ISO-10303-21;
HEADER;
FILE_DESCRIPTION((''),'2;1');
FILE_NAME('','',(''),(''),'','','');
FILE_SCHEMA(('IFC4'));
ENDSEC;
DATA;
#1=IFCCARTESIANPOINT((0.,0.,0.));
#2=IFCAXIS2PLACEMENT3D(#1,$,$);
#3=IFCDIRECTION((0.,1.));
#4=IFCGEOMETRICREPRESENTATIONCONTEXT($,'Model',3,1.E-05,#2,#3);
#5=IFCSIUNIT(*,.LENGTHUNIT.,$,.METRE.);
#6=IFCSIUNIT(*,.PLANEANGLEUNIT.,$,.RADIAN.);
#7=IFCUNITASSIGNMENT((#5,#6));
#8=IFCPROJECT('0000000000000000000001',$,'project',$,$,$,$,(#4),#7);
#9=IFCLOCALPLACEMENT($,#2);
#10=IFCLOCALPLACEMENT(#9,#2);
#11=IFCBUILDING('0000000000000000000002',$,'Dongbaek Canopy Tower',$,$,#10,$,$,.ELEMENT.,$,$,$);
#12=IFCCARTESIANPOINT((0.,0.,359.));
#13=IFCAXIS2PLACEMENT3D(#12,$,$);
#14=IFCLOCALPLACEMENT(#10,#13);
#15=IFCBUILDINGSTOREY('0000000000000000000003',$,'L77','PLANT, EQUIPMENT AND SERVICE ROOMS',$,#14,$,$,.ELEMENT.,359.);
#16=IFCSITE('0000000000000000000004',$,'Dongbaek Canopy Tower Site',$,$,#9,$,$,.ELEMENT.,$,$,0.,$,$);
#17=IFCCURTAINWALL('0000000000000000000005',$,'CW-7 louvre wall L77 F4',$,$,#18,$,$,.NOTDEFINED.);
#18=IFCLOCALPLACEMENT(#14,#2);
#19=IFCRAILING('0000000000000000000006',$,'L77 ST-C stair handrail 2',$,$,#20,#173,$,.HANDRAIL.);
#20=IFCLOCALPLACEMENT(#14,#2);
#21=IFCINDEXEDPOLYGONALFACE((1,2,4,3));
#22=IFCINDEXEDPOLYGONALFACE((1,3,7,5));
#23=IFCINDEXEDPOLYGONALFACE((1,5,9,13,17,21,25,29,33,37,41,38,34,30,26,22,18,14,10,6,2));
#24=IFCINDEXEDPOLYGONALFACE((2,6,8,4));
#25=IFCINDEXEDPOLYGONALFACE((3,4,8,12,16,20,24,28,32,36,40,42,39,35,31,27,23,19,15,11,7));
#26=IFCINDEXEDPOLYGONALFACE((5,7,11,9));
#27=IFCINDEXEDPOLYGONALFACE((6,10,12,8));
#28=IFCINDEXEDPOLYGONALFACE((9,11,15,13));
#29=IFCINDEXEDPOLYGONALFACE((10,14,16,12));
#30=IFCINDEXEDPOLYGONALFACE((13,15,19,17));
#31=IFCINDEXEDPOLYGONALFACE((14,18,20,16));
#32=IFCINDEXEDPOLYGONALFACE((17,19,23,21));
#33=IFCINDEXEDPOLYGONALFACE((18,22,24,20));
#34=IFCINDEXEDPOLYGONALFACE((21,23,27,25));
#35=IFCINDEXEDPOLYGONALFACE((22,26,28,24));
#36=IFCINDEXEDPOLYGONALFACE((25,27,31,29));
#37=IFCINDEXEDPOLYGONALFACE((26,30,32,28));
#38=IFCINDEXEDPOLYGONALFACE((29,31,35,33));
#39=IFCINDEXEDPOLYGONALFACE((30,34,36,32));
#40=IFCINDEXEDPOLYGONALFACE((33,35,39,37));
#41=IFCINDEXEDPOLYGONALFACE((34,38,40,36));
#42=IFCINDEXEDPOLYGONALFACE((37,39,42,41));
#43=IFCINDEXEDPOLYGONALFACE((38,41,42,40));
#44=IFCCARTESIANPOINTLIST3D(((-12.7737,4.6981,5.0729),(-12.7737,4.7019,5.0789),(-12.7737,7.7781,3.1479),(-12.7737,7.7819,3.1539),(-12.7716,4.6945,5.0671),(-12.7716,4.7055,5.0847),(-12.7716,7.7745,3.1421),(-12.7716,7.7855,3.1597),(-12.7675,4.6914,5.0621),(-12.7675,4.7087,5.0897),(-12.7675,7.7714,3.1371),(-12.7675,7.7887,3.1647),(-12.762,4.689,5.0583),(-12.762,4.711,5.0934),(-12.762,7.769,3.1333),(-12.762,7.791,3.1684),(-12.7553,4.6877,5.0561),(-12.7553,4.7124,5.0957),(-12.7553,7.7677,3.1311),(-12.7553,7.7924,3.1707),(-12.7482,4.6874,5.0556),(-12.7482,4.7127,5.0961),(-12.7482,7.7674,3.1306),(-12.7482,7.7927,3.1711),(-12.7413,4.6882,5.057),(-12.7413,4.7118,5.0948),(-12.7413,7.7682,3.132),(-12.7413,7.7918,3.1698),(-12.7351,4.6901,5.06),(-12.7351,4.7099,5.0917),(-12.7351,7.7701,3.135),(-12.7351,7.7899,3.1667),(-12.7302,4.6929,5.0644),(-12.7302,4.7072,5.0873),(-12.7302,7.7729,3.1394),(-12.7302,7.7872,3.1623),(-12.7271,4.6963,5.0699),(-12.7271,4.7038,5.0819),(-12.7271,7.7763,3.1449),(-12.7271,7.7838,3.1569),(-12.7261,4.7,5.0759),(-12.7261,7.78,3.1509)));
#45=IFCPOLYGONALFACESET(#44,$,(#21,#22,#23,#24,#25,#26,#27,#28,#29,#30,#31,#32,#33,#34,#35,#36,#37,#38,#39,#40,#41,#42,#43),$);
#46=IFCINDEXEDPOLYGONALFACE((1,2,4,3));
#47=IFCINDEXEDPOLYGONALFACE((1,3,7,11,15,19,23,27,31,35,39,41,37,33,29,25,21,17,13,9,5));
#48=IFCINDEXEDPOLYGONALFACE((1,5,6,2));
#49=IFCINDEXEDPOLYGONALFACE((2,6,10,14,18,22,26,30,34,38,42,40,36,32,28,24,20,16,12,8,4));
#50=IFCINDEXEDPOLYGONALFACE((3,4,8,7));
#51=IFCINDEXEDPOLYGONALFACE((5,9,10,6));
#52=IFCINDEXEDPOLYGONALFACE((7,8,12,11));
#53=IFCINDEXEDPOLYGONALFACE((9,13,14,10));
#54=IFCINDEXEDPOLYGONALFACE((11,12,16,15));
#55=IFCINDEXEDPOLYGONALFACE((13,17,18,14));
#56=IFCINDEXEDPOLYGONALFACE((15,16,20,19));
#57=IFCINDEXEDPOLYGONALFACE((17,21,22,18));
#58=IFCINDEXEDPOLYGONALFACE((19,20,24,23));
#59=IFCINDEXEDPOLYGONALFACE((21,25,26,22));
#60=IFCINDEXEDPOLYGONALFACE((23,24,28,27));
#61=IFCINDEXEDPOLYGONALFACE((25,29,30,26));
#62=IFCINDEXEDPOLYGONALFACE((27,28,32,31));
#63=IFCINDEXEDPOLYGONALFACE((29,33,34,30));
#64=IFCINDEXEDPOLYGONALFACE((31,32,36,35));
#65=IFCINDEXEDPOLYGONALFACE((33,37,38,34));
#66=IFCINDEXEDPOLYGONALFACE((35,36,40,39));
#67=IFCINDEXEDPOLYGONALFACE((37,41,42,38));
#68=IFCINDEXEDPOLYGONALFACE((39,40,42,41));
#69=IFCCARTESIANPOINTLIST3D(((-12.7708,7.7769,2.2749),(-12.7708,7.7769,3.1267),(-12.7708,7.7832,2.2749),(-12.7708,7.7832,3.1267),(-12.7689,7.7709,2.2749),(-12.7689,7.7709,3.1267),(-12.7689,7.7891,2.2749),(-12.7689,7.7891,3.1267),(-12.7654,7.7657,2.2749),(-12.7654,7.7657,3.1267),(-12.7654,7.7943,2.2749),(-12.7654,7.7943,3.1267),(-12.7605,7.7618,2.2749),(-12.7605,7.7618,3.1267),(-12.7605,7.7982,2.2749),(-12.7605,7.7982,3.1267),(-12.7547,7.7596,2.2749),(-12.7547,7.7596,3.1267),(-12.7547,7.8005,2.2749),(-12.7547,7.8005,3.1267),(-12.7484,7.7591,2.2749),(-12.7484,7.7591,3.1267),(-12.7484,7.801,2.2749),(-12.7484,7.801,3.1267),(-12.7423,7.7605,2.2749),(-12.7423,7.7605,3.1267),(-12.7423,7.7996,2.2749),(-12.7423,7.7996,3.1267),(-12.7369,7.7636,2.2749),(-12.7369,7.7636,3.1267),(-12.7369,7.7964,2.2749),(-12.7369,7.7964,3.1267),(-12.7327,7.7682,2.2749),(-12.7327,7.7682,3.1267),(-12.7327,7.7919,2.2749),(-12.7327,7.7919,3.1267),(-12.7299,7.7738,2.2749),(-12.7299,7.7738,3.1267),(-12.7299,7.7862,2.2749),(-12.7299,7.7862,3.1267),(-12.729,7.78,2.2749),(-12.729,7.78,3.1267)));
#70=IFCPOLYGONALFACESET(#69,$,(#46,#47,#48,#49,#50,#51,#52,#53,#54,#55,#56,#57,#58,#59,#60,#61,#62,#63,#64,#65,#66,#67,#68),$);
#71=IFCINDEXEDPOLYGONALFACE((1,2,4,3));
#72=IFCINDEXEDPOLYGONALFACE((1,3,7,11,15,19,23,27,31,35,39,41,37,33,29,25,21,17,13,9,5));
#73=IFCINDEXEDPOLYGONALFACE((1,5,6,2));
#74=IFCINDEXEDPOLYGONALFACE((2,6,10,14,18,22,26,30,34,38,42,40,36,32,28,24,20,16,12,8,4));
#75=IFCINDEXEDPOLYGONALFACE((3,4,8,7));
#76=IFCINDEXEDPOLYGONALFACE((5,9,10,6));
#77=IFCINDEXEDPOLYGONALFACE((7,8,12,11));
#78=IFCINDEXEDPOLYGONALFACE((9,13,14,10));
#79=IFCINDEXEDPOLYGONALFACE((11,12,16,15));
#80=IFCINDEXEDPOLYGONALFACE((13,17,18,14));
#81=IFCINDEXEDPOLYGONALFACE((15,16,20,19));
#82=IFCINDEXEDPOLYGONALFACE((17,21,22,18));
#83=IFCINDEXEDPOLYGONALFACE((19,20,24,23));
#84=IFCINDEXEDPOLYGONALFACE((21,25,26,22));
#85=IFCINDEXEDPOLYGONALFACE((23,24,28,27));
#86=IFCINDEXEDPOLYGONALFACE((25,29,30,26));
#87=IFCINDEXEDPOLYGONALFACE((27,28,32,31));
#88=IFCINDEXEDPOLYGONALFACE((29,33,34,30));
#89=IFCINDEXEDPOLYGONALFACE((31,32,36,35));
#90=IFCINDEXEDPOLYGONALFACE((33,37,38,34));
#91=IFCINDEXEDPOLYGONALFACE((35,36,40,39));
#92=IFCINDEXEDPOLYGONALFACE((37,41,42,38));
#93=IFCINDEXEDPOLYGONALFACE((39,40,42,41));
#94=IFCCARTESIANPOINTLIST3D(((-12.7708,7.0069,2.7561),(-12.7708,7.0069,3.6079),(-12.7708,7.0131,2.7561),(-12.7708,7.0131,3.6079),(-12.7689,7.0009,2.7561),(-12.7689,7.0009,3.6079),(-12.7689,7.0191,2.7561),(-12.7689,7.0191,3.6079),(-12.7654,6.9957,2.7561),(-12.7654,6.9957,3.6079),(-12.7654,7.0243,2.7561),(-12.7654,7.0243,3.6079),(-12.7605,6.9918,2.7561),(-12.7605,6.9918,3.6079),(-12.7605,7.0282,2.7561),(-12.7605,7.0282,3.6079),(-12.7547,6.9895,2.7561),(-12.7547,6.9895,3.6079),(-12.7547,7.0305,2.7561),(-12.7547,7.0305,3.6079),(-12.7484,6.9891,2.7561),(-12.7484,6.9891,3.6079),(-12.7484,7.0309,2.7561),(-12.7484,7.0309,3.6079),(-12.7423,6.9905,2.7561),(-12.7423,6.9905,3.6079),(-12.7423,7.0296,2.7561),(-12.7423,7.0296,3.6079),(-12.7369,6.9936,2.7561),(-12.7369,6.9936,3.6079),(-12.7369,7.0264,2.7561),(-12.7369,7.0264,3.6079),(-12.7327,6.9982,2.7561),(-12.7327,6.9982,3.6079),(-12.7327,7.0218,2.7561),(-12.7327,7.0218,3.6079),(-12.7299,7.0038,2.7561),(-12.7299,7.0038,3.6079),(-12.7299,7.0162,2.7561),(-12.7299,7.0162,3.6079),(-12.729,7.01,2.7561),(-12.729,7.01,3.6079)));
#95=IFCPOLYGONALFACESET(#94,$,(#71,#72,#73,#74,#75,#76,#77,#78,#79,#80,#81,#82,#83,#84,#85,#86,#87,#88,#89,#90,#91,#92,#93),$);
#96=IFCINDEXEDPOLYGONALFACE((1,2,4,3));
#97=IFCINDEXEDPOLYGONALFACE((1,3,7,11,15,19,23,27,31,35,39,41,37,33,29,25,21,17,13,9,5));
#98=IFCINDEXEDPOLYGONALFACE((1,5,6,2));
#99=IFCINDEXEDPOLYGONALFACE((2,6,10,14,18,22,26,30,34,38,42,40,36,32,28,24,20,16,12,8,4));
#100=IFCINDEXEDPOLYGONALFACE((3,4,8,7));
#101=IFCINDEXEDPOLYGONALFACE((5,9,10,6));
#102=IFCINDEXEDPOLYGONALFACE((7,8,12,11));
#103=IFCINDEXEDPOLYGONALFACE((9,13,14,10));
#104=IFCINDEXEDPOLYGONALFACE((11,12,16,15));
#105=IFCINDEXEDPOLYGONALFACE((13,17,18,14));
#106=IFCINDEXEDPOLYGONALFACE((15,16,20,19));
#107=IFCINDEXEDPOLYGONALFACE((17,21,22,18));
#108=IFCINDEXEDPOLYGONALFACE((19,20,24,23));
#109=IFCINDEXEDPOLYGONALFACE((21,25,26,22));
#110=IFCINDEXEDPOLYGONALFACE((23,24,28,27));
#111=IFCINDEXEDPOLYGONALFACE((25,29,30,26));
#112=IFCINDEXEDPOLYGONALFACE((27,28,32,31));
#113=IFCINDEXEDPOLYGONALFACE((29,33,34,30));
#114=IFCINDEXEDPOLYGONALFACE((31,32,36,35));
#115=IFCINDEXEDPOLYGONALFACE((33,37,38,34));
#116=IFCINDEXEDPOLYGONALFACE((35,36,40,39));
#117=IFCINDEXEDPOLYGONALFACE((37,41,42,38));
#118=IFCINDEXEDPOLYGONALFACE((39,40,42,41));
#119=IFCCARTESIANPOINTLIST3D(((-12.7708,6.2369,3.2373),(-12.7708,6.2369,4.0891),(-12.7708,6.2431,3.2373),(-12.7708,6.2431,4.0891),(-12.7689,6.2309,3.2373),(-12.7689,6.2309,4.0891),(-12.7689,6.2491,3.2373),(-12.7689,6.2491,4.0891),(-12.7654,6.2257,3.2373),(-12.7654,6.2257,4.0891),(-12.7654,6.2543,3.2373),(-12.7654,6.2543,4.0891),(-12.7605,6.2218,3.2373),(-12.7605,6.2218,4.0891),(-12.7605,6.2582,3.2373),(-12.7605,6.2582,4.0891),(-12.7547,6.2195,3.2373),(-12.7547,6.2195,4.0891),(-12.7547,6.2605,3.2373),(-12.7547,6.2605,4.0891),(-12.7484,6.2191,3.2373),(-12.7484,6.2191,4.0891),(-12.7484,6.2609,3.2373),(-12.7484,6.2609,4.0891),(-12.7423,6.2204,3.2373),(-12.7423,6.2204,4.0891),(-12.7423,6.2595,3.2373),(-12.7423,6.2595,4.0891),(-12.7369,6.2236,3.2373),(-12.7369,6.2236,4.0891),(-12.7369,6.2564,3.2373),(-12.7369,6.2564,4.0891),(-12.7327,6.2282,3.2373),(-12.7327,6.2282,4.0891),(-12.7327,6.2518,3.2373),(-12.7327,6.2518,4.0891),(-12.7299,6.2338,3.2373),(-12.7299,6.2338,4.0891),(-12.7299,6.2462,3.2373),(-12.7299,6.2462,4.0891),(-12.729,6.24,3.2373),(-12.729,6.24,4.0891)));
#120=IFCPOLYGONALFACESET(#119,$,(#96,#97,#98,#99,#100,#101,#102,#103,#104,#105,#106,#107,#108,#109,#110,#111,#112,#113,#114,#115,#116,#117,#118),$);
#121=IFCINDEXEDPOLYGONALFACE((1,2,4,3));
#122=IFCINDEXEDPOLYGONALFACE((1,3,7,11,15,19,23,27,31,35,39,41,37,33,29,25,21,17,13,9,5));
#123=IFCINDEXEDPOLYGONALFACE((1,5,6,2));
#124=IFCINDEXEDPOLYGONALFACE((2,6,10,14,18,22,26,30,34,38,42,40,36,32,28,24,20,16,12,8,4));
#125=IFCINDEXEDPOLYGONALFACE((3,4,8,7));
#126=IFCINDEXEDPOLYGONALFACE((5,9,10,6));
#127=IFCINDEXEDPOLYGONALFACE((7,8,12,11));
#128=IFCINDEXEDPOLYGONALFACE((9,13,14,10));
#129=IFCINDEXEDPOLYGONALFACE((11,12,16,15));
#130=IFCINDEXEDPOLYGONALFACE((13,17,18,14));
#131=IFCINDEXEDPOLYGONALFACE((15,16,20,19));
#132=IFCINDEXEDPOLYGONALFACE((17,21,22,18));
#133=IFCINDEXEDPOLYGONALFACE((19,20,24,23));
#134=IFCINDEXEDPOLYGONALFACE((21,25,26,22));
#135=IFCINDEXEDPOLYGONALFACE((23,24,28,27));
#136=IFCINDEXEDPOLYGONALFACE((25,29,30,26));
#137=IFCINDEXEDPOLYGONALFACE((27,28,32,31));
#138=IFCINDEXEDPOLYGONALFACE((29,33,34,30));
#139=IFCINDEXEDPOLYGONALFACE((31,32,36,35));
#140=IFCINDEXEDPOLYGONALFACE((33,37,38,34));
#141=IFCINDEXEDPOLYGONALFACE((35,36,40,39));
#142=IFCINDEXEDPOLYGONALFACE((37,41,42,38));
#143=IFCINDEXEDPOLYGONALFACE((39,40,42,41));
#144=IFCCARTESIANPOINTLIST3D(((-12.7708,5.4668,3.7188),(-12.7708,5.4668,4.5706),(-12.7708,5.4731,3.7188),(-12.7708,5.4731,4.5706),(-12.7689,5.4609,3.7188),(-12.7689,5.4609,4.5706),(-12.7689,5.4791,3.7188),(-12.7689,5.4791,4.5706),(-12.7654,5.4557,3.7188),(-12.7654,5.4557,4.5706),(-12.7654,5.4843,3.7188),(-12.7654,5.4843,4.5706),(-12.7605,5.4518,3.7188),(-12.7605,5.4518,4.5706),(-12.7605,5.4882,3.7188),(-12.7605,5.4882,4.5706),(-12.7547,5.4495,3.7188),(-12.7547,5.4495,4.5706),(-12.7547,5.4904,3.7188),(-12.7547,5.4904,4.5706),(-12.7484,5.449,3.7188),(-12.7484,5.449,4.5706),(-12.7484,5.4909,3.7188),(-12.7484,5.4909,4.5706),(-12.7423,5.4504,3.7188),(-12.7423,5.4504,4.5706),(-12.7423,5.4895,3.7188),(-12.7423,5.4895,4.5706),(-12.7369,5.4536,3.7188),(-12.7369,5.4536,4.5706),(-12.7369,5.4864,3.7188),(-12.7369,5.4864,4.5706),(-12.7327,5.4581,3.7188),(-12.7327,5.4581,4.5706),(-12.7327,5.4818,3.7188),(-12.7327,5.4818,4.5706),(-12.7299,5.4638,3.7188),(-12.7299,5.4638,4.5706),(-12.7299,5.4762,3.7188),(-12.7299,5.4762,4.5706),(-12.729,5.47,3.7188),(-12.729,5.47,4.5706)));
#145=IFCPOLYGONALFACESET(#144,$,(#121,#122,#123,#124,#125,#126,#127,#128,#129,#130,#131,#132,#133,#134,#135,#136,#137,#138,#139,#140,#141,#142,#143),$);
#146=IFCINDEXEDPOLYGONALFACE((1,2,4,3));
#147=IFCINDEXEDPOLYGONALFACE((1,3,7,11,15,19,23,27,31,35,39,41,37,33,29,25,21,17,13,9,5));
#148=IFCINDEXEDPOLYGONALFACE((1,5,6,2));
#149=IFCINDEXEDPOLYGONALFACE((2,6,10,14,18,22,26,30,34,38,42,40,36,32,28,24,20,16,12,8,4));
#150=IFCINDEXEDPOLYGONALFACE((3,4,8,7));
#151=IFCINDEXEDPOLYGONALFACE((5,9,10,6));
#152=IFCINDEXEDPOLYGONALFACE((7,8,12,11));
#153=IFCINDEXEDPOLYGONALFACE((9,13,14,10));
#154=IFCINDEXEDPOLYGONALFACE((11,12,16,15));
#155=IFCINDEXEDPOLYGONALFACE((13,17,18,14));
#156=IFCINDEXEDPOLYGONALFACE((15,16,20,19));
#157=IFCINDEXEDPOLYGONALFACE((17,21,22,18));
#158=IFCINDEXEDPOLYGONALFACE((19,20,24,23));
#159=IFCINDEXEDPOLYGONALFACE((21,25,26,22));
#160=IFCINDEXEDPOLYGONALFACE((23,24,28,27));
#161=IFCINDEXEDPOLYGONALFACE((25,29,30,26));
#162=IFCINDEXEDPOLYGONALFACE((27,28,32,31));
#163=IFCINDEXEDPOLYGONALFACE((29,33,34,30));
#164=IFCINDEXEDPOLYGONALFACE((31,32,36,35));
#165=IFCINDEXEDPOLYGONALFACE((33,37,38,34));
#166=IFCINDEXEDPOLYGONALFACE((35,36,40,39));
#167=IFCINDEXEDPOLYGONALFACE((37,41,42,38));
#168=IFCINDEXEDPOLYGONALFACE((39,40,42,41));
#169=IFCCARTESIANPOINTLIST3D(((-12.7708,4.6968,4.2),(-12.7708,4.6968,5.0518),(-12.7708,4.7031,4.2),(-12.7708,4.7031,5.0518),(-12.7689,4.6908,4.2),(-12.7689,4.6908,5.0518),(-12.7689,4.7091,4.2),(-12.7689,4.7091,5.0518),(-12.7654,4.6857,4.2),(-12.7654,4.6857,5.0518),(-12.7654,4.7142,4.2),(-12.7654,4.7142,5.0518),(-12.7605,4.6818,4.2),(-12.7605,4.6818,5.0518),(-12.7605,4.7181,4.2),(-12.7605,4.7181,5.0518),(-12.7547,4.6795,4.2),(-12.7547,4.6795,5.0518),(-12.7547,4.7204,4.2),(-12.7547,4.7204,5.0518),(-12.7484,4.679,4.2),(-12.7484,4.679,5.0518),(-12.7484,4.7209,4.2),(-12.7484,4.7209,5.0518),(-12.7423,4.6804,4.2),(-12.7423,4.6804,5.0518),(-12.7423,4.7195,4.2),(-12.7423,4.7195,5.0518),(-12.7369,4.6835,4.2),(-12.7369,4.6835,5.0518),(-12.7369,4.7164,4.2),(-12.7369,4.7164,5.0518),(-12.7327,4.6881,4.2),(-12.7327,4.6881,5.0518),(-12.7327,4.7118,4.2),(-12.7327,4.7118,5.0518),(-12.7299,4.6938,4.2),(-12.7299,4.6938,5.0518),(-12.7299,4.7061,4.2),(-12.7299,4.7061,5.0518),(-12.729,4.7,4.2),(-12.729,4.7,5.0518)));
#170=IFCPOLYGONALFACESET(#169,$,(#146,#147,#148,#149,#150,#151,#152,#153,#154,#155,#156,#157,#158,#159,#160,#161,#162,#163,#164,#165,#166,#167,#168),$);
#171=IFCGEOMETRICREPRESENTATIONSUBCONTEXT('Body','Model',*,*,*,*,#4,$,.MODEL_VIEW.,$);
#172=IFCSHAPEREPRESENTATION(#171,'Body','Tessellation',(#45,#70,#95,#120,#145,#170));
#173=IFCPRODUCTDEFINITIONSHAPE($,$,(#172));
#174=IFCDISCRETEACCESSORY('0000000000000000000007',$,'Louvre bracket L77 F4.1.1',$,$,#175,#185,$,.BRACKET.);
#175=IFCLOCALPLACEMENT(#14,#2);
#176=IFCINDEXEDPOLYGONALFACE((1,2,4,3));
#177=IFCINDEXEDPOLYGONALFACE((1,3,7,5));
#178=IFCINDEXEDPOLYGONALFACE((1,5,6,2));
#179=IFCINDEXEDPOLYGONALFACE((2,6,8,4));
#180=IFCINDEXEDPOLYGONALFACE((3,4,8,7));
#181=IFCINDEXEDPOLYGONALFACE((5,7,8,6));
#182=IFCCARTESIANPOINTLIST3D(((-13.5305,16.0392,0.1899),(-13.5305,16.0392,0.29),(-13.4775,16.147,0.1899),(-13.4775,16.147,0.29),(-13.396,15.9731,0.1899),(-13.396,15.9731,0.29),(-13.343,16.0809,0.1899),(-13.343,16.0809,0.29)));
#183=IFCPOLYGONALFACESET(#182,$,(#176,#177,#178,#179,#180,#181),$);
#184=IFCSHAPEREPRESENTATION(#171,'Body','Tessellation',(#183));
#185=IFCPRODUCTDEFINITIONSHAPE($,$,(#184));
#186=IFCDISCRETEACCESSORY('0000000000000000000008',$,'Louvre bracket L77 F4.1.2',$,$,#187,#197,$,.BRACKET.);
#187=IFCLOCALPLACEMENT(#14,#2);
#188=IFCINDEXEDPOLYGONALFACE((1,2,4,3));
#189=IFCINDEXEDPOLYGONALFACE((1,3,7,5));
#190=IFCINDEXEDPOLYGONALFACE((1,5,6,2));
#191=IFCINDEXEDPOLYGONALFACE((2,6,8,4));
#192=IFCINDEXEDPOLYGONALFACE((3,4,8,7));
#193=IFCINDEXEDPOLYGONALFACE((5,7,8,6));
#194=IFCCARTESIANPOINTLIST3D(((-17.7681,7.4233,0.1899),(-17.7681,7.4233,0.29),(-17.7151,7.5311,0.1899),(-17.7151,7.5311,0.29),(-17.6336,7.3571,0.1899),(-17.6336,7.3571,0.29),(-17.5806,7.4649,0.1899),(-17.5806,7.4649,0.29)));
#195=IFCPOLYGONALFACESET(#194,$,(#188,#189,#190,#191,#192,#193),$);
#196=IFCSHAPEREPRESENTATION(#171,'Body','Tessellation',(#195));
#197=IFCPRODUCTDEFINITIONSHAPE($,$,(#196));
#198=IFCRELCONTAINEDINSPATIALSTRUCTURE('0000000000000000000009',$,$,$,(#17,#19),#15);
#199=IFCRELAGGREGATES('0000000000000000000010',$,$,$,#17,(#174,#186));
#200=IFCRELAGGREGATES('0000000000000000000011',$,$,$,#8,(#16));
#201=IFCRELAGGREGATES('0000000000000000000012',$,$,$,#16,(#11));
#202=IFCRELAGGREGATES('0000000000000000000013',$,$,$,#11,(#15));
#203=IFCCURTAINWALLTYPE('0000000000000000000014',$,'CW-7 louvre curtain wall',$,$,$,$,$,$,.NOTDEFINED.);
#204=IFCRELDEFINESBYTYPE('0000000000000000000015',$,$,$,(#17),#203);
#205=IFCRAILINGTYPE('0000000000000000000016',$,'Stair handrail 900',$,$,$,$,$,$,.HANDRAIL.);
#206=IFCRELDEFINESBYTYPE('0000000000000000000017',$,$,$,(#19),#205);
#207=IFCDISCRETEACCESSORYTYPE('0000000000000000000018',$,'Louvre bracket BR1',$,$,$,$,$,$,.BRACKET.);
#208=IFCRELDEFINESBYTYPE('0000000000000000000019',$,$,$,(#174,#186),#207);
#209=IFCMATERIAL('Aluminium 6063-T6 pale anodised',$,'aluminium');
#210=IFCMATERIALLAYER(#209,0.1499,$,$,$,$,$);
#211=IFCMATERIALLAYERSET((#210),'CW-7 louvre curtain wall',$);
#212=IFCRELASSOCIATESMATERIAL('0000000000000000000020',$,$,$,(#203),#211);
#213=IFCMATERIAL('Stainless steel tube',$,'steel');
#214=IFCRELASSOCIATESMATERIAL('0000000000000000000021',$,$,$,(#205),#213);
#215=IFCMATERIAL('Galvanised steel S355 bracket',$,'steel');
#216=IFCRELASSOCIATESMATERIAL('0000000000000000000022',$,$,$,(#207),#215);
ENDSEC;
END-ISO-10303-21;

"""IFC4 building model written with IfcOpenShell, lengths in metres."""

from ifc_helpers import new_model, si_unit, direction, frame, origin, origin_2d, place, context, subcontext, project, spatial, rectangle, circle, extrude, material, layer, layer_set, type_object, element, aggregate, save


model = new_model("IFC4")

# Units and contexts
model_context = context("Model", 3, precision=1e-05, world=origin(), true_north=direction((0.0, 1.0)))
body_context = subcontext(model_context, "Body", "Model", "MODEL_VIEW")
ifc_project = project(units=[si_unit("LENGTHUNIT", "METRE"), si_unit("PLANEANGLEUNIT", "RADIAN")], contexts=[model_context])

# Site, building, storey
site_placement = place(None, origin())
site = spatial("IfcSite", under=ifc_project, at=site_placement, Name="Dongbaek Canopy Tower Site", CompositionType="ELEMENT", RefElevation=0.0)
building_placement = place(site_placement, origin())
building = spatial("IfcBuilding", under=site, at=building_placement, Name="Dongbaek Canopy Tower", CompositionType="ELEMENT")
storey_placement = place(building_placement, frame((0.0, 0.0, 359.0)))
storey = spatial("IfcBuildingStorey", under=building, at=storey_placement, Name="L77", Description="PLANT, EQUIPMENT AND SERVICE ROOMS", CompositionType="ELEMENT", Elevation=359.0)

# Shared definitions
ifc_material_1 = material(Name="Aluminium 6063-T6 pale anodised", Category="aluminium")
ifc_layer_1 = layer(ifc_material_1, 0.1499)
ifc_layer_set_1 = layer_set([ifc_layer_1], Name="CW-7 louvre curtain wall")
curtain_wall_type = type_object("IfcCurtainWallType", Name="CW-7 louvre curtain wall", PredefinedType="NOTDEFINED", material=ifc_layer_set_1)

# Curtain wall
curtain_wall_1_placement = place(storey_placement, origin())
curtain_wall_1 = element("IfcCurtainWall", 1, at=curtain_wall_1_placement, inside=storey, type_object=curtain_wall_type, Name="CW-7 louvre wall L77 F4", PredefinedType="NOTDEFINED")

# Railing
ifc_material_2 = material(Name="Stainless steel tube", Category="steel")
railing_type_1 = type_object("IfcRailingType", Name="Stair handrail 900", PredefinedType="HANDRAIL", material=ifc_material_2)
railing_1_placement = place(storey_placement, frame((-12.75, 7.78, 2.2749)))
element("IfcRailing", 2, at=railing_1_placement, inside=storey, type_object=railing_type_1, Name="L77 ST-C stair handrail 2", PredefinedType="HANDRAIL", context=body_context, shape_type="SweptSolid", body=[
    extrude(circle(Radius=0.0239, at=origin_2d()), frame((0.0, 0.0, 0.876), z_axis=(0.0, -0.847998, 0.529999), x_axis=(1.0, 0.0, 0.0)), (0.0, 0.0, 1.0), 3.6321),
    extrude(circle(Radius=0.021, at=origin_2d()), origin(), (0.0, 0.0, 1.0), 0.8518),
    extrude(circle(Radius=0.021, at=origin_2d()), frame((0.0, -0.77, 0.4812)), (0.0, 0.0, 1.0), 0.8518),
    extrude(circle(Radius=0.021, at=origin_2d()), frame((0.0, -1.54, 0.9624)), (0.0, 0.0, 1.0), 0.8518),
    extrude(circle(Radius=0.021, at=origin_2d()), frame((0.0, -2.3101, 1.4438)), (0.0, 0.0, 1.0), 0.8518),
    extrude(circle(Radius=0.021, at=origin_2d()), frame((0.0, -3.0801, 1.925)), (0.0, 0.0, 1.0), 0.8518),
])

# Discrete accessories
ifc_material_3 = material(Name="Galvanised steel S355 bracket", Category="steel")
discrete_accessory_type = type_object("IfcDiscreteAccessoryType", Name="Louvre bracket BR1", PredefinedType="BRACKET", material=ifc_material_3)
discrete_accessory_1_placement = place(storey_placement, frame((-13.4368, 16.0601, 0.1899), z_axis=(0.0, 0.0, 1.0), x_axis=(-0.441342, -0.897339, 0.0)))
discrete_accessory_1 = element("IfcDiscreteAccessory", 3, at=discrete_accessory_1_placement, type_object=discrete_accessory_type, Name="Louvre bracket L77 F4.1.1", PredefinedType="BRACKET", context=body_context, shape_type="SweptSolid", body=[
    extrude(rectangle(XDim=0.1201, YDim=0.1499, at=origin_2d()), origin(), (0.0, 0.0, 1.0), 0.1001),
])
discrete_accessory_2_placement = place(storey_placement, frame((-17.6743, 7.4441, 0.1899), z_axis=(0.0, 0.0, 1.0), x_axis=(-0.441342, -0.897339, 0.0)))
discrete_accessory_2 = element("IfcDiscreteAccessory", 4, at=discrete_accessory_2_placement, type_object=discrete_accessory_type, Name="Louvre bracket L77 F4.1.2", PredefinedType="BRACKET", context=body_context, shape_type="SweptSolid", body=[
    extrude(rectangle(XDim=0.1201, YDim=0.1499, at=origin_2d()), origin(), (0.0, 0.0, 1.0), 0.1001),
])
aggregate(curtain_wall_1, [discrete_accessory_1, discrete_accessory_2])

save(model, "model.ifc")
